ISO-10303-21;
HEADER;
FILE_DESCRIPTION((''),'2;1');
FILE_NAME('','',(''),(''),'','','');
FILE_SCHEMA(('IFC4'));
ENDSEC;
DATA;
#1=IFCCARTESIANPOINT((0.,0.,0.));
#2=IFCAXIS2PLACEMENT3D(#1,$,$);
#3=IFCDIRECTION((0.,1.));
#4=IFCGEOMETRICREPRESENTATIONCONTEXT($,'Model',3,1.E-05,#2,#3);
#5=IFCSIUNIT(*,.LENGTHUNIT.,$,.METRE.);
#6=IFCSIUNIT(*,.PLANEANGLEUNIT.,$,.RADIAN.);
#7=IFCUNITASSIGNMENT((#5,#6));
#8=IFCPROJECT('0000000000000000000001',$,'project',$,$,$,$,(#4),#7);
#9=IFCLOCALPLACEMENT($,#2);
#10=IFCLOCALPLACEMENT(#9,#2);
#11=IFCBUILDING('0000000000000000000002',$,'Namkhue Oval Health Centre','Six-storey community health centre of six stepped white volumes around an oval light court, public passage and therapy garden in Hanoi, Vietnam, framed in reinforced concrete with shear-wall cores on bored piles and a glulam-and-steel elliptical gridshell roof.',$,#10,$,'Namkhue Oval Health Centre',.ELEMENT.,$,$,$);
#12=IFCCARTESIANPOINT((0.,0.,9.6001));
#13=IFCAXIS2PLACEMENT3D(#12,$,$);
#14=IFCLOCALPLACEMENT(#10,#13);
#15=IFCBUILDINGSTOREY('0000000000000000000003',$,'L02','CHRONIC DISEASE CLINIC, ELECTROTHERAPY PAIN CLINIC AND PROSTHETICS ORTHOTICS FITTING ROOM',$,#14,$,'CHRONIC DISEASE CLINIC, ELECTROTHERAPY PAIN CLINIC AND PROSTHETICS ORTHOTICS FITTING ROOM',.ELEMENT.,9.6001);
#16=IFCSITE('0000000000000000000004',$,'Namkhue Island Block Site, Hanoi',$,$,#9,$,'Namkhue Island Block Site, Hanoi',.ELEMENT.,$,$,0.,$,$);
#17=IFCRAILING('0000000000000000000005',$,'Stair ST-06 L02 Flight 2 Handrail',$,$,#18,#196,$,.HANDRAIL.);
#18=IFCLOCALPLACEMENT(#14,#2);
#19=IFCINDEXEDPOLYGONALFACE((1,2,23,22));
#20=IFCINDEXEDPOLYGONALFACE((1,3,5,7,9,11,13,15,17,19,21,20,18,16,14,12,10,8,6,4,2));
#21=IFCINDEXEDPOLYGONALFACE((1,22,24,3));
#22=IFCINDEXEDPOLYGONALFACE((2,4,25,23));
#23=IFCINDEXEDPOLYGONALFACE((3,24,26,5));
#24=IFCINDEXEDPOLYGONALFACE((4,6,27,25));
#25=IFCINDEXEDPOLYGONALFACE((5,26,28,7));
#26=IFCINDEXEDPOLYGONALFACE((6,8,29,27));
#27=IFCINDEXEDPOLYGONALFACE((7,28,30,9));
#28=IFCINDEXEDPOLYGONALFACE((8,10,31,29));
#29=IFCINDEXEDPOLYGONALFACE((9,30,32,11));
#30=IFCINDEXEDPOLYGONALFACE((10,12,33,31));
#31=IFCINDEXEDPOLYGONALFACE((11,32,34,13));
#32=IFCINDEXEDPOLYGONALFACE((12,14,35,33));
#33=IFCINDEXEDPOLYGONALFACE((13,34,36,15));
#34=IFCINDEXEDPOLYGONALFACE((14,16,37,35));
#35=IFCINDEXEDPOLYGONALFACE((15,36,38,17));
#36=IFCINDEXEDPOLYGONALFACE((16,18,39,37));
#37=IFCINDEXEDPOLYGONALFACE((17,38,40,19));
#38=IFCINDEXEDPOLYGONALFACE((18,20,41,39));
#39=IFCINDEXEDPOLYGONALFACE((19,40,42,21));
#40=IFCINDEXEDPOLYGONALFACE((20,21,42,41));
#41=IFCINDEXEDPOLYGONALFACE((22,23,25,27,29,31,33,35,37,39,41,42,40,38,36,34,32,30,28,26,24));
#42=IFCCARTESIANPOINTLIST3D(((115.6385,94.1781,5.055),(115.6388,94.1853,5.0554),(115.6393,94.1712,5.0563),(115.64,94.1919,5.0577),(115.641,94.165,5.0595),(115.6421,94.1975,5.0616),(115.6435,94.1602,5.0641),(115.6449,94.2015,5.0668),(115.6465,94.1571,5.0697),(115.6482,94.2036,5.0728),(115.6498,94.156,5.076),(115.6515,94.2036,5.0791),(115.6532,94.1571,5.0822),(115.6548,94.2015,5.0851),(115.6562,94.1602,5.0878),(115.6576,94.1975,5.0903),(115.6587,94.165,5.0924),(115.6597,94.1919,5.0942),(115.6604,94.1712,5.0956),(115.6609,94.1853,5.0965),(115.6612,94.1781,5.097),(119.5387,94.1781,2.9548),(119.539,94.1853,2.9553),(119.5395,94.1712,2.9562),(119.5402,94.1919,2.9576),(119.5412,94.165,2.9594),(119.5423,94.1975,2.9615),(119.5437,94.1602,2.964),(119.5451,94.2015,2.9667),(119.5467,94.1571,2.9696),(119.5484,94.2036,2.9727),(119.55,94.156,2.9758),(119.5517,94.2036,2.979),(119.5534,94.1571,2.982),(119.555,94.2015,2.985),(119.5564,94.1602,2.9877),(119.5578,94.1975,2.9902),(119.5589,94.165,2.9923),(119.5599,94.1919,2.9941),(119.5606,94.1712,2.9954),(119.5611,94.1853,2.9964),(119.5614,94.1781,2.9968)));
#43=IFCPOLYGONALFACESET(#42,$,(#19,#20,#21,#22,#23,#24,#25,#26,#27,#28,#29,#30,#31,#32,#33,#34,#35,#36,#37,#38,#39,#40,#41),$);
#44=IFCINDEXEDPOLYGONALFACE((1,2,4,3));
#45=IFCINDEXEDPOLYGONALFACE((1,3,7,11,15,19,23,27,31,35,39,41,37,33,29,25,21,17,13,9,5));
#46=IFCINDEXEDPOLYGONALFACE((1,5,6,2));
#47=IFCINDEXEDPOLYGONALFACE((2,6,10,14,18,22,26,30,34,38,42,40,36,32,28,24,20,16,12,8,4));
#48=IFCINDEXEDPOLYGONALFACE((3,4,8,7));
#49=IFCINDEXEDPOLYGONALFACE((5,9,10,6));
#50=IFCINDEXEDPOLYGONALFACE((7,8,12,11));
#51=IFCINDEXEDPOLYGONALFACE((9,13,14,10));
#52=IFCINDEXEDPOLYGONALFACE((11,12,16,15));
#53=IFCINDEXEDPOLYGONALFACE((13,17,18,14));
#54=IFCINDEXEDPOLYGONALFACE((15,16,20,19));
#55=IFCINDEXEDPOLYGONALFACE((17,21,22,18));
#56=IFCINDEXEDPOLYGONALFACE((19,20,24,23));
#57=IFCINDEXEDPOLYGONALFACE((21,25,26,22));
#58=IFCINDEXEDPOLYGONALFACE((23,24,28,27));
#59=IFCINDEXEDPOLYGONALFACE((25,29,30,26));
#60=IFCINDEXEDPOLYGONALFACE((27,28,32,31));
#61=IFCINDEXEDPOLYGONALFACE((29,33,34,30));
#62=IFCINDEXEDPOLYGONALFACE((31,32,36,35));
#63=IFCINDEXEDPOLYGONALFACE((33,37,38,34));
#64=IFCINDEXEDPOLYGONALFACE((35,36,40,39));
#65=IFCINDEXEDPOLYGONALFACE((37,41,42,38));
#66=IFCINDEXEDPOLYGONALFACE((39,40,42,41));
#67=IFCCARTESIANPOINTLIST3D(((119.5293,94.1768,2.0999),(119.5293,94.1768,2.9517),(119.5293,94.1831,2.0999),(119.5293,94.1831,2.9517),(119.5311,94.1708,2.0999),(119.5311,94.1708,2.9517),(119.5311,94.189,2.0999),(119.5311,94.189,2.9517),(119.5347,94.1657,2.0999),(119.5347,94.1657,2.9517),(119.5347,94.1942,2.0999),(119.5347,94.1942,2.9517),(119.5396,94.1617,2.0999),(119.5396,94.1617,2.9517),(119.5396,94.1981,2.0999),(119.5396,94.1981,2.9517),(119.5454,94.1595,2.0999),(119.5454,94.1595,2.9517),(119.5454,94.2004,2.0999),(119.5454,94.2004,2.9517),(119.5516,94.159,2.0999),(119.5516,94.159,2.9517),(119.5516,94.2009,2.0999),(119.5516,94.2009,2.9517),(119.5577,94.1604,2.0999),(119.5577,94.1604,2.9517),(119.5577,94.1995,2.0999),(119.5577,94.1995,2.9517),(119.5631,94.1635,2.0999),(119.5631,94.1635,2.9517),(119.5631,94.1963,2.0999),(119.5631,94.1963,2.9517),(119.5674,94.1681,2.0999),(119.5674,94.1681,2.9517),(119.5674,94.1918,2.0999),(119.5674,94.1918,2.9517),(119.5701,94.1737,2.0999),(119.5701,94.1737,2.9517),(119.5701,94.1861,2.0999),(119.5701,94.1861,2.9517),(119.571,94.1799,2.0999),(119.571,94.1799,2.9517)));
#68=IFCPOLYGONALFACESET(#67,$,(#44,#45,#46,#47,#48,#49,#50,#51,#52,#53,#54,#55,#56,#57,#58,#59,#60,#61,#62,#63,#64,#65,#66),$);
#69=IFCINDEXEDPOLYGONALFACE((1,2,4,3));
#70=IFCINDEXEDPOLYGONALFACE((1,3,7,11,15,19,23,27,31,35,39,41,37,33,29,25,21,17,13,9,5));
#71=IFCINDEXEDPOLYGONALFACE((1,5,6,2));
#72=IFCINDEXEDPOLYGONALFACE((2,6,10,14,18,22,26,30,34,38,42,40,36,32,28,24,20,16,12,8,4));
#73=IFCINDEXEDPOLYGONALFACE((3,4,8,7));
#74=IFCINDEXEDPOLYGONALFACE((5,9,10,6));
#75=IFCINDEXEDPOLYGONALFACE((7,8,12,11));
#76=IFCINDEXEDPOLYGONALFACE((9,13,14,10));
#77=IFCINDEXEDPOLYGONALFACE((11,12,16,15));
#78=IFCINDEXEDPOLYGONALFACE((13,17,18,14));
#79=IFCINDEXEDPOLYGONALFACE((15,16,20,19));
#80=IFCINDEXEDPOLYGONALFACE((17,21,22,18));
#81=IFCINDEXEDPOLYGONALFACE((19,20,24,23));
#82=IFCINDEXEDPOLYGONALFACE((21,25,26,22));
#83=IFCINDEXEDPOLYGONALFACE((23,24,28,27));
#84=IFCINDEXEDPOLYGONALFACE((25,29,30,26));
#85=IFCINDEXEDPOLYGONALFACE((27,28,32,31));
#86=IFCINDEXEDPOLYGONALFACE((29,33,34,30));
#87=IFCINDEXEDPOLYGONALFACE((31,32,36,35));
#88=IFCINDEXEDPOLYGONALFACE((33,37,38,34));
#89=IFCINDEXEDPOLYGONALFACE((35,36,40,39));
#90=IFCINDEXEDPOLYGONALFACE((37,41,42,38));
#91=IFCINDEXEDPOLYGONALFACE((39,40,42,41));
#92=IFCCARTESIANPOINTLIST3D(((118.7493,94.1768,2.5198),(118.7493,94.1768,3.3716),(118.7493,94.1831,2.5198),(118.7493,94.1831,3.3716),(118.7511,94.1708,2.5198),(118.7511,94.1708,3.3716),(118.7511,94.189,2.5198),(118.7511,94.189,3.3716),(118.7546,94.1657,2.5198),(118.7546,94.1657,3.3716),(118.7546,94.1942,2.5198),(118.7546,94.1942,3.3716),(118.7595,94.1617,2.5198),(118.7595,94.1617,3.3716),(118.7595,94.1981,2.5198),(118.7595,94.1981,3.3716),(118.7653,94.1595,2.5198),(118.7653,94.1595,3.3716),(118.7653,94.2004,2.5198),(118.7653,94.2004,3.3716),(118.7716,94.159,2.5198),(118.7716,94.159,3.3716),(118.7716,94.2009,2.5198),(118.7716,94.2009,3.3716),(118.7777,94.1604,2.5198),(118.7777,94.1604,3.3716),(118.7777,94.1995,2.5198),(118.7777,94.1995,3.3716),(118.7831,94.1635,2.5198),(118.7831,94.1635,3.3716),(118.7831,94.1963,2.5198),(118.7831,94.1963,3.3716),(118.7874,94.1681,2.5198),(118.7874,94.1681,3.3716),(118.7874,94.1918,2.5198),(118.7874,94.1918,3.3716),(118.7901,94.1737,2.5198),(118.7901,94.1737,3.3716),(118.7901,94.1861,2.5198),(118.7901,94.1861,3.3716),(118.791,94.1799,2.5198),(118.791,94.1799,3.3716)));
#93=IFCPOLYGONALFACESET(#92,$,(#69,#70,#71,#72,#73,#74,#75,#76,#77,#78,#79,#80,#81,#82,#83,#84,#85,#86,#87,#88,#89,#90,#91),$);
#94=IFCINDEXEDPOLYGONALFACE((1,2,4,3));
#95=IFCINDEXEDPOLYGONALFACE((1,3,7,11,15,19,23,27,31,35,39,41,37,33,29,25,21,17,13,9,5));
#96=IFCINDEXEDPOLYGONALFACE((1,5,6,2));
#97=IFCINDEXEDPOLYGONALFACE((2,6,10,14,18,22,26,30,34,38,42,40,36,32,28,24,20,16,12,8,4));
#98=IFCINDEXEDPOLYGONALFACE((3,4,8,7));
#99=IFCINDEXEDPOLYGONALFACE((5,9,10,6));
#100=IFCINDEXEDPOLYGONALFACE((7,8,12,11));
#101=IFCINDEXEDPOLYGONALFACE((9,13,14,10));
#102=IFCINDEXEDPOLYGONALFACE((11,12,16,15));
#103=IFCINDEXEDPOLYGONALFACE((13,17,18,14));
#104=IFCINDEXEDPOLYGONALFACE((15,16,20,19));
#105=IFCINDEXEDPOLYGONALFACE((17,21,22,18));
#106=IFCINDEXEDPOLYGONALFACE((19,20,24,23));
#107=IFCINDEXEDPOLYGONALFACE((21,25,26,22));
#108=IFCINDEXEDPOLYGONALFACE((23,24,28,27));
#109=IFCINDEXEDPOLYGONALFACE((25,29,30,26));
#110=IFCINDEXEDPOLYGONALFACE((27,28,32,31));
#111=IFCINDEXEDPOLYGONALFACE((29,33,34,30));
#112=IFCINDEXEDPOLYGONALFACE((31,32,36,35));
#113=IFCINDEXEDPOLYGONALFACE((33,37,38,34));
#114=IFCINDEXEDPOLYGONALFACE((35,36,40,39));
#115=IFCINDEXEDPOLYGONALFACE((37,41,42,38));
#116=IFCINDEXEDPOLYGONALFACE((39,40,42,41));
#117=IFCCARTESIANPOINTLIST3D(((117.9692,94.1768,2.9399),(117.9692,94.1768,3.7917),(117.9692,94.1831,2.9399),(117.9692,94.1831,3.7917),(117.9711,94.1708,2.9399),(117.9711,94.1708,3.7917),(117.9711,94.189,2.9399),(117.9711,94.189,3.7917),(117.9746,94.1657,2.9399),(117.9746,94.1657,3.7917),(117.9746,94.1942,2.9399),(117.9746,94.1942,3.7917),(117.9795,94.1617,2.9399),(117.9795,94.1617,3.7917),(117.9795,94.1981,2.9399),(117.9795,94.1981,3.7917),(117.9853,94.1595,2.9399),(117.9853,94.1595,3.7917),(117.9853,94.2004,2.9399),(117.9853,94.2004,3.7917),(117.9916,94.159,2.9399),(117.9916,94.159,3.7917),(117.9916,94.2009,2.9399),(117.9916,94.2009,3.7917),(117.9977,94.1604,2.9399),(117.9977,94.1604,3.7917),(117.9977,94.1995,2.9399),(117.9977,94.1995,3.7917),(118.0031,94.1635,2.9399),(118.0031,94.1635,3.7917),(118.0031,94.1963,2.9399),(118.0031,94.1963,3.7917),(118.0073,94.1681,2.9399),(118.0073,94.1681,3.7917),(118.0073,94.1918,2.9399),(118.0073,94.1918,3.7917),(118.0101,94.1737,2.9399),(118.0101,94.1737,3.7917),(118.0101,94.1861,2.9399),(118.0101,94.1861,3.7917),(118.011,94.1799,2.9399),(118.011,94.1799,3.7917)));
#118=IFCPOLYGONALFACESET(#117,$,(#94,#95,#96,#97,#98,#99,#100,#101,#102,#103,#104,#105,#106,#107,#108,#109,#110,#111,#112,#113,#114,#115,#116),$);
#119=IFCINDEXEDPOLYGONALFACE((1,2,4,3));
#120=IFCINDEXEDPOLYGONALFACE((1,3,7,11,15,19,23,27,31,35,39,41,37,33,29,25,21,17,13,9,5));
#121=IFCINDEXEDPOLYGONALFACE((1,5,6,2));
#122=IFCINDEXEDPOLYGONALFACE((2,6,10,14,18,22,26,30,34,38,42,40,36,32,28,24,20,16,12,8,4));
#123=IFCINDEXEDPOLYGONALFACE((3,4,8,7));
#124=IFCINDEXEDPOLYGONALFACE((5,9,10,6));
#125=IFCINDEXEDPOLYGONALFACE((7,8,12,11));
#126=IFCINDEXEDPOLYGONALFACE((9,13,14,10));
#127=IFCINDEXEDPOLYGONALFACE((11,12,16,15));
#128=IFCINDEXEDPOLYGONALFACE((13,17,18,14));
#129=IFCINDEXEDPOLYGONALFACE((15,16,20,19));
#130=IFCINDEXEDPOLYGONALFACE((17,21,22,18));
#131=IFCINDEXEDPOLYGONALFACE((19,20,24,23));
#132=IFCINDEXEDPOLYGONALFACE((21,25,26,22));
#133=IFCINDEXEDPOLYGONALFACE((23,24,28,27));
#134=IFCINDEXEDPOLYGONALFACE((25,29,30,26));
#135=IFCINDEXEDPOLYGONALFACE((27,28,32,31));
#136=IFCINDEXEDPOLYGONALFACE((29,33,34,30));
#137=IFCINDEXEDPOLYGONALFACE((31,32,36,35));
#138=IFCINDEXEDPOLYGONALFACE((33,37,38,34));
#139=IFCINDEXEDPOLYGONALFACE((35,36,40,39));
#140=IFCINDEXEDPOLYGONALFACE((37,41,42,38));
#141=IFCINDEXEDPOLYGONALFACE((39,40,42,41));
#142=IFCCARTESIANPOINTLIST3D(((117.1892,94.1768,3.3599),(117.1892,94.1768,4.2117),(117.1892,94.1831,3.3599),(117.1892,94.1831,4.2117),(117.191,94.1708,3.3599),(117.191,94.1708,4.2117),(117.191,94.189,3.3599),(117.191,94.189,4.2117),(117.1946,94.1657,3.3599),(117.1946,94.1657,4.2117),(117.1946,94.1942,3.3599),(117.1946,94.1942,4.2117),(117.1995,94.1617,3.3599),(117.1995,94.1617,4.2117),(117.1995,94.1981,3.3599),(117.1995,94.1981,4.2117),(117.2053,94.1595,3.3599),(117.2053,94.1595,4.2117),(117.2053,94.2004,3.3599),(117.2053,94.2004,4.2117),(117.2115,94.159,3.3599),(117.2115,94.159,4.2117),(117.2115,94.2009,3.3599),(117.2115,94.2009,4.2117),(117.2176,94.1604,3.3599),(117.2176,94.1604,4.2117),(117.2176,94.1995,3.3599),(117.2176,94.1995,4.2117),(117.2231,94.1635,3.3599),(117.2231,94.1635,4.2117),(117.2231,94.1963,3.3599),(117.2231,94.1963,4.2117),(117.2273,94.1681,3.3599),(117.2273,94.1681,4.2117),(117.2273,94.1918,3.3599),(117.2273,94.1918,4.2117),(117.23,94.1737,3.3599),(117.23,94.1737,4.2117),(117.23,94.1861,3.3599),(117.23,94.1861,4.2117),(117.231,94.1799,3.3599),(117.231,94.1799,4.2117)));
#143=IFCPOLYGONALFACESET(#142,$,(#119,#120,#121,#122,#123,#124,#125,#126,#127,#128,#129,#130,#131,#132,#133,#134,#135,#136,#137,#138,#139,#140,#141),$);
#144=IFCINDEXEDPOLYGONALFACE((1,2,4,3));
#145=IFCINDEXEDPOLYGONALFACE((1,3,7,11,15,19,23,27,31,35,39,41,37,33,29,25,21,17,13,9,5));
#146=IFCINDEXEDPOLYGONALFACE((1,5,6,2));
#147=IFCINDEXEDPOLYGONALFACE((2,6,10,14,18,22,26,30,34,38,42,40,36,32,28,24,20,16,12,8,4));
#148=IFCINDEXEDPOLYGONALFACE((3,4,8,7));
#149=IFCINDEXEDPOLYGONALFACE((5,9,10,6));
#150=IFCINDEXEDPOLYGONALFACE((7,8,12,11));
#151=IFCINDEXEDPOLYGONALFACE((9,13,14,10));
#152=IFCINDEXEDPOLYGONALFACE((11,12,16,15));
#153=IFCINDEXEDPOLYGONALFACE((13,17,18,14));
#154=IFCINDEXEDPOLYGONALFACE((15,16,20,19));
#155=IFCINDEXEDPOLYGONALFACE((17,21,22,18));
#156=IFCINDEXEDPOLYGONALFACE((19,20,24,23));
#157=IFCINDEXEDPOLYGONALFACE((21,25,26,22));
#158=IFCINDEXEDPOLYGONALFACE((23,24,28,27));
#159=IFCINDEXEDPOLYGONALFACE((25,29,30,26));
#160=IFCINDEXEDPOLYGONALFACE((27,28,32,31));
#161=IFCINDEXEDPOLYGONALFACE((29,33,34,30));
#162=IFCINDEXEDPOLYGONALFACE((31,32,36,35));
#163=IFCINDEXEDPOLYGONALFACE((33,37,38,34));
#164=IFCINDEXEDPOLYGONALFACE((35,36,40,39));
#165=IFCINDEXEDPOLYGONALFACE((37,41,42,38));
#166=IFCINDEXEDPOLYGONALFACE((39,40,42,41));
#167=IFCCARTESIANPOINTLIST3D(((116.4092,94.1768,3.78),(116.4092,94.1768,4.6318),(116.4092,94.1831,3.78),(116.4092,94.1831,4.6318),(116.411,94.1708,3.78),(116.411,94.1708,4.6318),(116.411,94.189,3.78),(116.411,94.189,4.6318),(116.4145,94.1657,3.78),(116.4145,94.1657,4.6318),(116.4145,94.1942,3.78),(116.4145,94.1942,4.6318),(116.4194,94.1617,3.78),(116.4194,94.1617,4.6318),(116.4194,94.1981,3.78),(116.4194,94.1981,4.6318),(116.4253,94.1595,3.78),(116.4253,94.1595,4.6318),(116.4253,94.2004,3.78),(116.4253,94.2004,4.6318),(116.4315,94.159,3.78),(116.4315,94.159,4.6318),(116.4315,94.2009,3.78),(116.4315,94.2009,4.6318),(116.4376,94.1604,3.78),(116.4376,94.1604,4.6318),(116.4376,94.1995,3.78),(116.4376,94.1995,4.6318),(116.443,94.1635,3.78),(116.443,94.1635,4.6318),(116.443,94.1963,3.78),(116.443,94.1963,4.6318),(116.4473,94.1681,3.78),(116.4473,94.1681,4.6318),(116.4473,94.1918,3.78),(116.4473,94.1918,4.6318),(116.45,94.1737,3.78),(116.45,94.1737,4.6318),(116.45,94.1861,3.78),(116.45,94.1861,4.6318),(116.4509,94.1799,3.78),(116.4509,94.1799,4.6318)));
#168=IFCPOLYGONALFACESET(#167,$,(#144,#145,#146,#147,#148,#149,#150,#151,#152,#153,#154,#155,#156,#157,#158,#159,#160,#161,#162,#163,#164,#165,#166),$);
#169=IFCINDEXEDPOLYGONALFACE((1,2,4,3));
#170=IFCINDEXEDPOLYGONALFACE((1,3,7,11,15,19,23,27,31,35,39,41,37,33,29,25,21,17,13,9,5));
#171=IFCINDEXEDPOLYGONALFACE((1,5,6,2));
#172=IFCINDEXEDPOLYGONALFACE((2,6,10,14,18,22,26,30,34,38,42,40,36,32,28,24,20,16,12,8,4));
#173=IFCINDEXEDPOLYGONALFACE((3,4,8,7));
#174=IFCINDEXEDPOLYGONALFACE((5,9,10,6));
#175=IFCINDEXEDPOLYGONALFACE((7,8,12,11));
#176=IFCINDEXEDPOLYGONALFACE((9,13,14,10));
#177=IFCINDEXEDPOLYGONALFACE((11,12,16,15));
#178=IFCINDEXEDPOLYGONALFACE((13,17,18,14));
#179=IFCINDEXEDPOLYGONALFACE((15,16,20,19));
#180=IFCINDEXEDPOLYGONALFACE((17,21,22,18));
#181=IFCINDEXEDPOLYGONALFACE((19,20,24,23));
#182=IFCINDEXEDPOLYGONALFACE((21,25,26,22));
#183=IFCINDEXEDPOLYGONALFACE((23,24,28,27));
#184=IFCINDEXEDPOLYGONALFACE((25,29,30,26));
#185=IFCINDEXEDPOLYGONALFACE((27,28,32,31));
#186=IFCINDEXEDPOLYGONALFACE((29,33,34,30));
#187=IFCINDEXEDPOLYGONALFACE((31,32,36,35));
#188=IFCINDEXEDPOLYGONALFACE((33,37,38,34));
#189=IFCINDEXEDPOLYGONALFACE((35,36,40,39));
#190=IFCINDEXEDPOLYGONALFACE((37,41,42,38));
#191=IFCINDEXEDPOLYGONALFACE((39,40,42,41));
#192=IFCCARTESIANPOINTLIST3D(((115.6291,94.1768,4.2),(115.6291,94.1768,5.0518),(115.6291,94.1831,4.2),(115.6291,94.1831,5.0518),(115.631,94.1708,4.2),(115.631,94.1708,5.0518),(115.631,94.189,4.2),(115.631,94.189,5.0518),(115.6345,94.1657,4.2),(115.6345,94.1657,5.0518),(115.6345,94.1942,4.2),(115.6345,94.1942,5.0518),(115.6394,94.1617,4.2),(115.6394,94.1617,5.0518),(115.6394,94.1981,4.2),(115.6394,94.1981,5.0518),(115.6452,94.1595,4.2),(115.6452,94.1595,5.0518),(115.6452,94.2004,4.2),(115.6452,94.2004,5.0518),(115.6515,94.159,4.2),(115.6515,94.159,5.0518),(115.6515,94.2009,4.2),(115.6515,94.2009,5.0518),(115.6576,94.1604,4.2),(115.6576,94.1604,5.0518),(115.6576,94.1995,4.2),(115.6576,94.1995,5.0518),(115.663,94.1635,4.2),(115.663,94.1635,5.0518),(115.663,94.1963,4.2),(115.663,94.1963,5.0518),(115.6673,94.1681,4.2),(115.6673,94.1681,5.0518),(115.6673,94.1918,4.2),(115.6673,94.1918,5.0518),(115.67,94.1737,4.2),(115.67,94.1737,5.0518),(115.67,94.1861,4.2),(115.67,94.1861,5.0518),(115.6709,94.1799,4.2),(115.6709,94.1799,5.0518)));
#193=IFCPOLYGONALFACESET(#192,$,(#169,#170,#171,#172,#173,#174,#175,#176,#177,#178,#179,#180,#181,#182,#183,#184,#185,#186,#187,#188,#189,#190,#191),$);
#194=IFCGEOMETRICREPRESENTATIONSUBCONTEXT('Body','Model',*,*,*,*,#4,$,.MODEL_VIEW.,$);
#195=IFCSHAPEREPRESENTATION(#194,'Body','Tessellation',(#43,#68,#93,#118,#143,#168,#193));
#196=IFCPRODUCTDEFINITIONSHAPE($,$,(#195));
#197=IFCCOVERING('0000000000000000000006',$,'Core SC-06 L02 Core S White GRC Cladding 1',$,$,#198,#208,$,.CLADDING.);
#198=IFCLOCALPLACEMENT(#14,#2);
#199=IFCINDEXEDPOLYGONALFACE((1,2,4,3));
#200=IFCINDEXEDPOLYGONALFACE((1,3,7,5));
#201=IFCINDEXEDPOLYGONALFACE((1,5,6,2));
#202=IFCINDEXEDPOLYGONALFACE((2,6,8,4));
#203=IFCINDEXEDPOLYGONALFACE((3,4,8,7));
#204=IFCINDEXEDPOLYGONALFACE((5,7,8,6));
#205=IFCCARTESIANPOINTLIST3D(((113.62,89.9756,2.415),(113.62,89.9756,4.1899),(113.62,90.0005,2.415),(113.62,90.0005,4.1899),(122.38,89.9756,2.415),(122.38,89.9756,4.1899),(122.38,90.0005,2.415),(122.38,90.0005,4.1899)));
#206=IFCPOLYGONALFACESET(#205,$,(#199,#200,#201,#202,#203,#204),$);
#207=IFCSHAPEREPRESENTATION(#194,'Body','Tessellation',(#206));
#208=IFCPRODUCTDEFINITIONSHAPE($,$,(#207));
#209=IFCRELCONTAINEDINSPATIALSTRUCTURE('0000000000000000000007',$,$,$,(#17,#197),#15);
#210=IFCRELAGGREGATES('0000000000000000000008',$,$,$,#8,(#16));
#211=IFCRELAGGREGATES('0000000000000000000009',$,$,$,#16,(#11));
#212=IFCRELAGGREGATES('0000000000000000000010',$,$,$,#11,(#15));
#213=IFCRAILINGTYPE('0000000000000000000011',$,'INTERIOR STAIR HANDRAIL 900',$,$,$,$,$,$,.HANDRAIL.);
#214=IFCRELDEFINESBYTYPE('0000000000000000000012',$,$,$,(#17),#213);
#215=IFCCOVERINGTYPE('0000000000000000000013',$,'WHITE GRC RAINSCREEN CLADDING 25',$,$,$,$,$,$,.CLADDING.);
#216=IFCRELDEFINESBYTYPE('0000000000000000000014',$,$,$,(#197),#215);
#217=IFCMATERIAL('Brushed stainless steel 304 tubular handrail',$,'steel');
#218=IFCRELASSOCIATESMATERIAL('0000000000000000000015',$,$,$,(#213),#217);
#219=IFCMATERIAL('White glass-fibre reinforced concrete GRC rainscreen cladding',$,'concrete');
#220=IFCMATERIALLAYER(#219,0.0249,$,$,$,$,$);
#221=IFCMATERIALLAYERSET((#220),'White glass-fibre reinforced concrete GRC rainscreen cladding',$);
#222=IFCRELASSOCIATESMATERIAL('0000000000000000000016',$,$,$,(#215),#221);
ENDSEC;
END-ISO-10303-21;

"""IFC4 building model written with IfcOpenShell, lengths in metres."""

from ifc_helpers import new_model, si_unit, direction, frame, origin, origin_2d, place, context, subcontext, project, spatial, rectangle, circle, extrude, material, layer, layer_set, type_object, element, save


model = new_model("IFC4")

# Units and contexts
model_context = context("Model", 3, precision=1e-05, world=origin(), true_north=direction((0.0, 1.0)))
body_context = subcontext(model_context, "Body", "Model", "MODEL_VIEW")
ifc_project = project(units=[si_unit("LENGTHUNIT", "METRE"), si_unit("PLANEANGLEUNIT", "RADIAN")], contexts=[model_context])

# Site, building, storey
site_placement = place(None, origin())
site = spatial("IfcSite", under=ifc_project, at=site_placement, Name="Namkhue Island Block Site, Hanoi", LongName="Namkhue Island Block Site, Hanoi", CompositionType="ELEMENT", RefElevation=0.0)
building_placement = place(site_placement, origin())
building = spatial("IfcBuilding", under=site, at=building_placement, Name="Namkhue Oval Health Centre", Description="Six-storey community health centre of six stepped white volumes around an oval light court, public passage and therapy garden in Hanoi, Vietnam, framed in reinforced concrete with shear-wall cores on bored piles and a glulam-and-steel elliptical gridshell roof.", LongName="Namkhue Oval Health Centre", CompositionType="ELEMENT")
storey_placement = place(building_placement, frame((0.0, 0.0, 9.6001)))
storey = spatial("IfcBuildingStorey", under=building, at=storey_placement, Name="L02", Description="CHRONIC DISEASE CLINIC, ELECTROTHERAPY PAIN CLINIC AND PROSTHETICS ORTHOTICS FITTING ROOM", LongName="CHRONIC DISEASE CLINIC, ELECTROTHERAPY PAIN CLINIC AND PROSTHETICS ORTHOTICS FITTING ROOM", CompositionType="ELEMENT", Elevation=9.6001)

# Railing
ifc_material_1 = material(Name="Brushed stainless steel 304 tubular handrail", Category="steel")
railing_type = type_object("IfcRailingType", Name="INTERIOR STAIR HANDRAIL 900", PredefinedType="HANDRAIL", material=ifc_material_1)
railing_placement = place(storey_placement, frame((119.55, 94.1799, 2.0999)))
element("IfcRailing", 1, at=railing_placement, inside=storey, type_object=railing_type, Name="Stair ST-06 L02 Flight 2 Handrail", PredefinedType="HANDRAIL", context=body_context, shape_type="SweptSolid", body=[
    extrude(circle(Radius=0.0239, at=origin_2d()), frame((0.0, 0.0, 0.876), z_axis=(-0.880469, 0.0, 0.474103), x_axis=(0.0, -1.0, 0.0)), (0.0, 0.0, 1.0), 4.4297),
    extrude(circle(Radius=0.021, at=origin_2d()), origin(), (0.0, 0.0, 1.0), 0.8518),
    extrude(circle(Radius=0.021, at=origin_2d()), frame((-0.78, 0.0, 0.4199)), (0.0, 0.0, 1.0), 0.8518),
    extrude(circle(Radius=0.021, at=origin_2d()), frame((-1.5601, 0.0, 0.8401)), (0.0, 0.0, 1.0), 0.8518),
    extrude(circle(Radius=0.021, at=origin_2d()), frame((-2.3401, 0.0, 1.26)), (0.0, 0.0, 1.0), 0.8518),
    extrude(circle(Radius=0.021, at=origin_2d()), frame((-3.1201, 0.0, 1.6802)), (0.0, 0.0, 1.0), 0.8518),
    extrude(circle(Radius=0.021, at=origin_2d()), frame((-3.9001, 0.0, 2.1001)), (0.0, 0.0, 1.0), 0.8518),
])

# Covering
ifc_material_2 = material(Name="White glass-fibre reinforced concrete GRC rainscreen cladding", Category="concrete")
ifc_layer_1 = layer(ifc_material_2, 0.0249)
ifc_layer_set_1 = layer_set([ifc_layer_1], Name="White glass-fibre reinforced concrete GRC rainscreen cladding")
covering_type = type_object("IfcCoveringType", Name="WHITE GRC RAINSCREEN CLADDING 25", PredefinedType="CLADDING", material=ifc_layer_set_1)
covering_1_placement = place(storey_placement, frame((118.0, 89.988, 2.415), z_axis=(0.0, 0.0, 1.0), x_axis=(1.0, 0.0, 0.0)))
element("IfcCovering", 2, at=covering_1_placement, inside=storey, type_object=covering_type, Name="Core SC-06 L02 Core S White GRC Cladding 1", PredefinedType="CLADDING", context=body_context, shape_type="SweptSolid", body=[
    extrude(rectangle(XDim=8.76, YDim=0.0249, at=origin_2d()), origin(), (0.0, 0.0, 1.0), 1.7749),
])

save(model, "model.ifc")
